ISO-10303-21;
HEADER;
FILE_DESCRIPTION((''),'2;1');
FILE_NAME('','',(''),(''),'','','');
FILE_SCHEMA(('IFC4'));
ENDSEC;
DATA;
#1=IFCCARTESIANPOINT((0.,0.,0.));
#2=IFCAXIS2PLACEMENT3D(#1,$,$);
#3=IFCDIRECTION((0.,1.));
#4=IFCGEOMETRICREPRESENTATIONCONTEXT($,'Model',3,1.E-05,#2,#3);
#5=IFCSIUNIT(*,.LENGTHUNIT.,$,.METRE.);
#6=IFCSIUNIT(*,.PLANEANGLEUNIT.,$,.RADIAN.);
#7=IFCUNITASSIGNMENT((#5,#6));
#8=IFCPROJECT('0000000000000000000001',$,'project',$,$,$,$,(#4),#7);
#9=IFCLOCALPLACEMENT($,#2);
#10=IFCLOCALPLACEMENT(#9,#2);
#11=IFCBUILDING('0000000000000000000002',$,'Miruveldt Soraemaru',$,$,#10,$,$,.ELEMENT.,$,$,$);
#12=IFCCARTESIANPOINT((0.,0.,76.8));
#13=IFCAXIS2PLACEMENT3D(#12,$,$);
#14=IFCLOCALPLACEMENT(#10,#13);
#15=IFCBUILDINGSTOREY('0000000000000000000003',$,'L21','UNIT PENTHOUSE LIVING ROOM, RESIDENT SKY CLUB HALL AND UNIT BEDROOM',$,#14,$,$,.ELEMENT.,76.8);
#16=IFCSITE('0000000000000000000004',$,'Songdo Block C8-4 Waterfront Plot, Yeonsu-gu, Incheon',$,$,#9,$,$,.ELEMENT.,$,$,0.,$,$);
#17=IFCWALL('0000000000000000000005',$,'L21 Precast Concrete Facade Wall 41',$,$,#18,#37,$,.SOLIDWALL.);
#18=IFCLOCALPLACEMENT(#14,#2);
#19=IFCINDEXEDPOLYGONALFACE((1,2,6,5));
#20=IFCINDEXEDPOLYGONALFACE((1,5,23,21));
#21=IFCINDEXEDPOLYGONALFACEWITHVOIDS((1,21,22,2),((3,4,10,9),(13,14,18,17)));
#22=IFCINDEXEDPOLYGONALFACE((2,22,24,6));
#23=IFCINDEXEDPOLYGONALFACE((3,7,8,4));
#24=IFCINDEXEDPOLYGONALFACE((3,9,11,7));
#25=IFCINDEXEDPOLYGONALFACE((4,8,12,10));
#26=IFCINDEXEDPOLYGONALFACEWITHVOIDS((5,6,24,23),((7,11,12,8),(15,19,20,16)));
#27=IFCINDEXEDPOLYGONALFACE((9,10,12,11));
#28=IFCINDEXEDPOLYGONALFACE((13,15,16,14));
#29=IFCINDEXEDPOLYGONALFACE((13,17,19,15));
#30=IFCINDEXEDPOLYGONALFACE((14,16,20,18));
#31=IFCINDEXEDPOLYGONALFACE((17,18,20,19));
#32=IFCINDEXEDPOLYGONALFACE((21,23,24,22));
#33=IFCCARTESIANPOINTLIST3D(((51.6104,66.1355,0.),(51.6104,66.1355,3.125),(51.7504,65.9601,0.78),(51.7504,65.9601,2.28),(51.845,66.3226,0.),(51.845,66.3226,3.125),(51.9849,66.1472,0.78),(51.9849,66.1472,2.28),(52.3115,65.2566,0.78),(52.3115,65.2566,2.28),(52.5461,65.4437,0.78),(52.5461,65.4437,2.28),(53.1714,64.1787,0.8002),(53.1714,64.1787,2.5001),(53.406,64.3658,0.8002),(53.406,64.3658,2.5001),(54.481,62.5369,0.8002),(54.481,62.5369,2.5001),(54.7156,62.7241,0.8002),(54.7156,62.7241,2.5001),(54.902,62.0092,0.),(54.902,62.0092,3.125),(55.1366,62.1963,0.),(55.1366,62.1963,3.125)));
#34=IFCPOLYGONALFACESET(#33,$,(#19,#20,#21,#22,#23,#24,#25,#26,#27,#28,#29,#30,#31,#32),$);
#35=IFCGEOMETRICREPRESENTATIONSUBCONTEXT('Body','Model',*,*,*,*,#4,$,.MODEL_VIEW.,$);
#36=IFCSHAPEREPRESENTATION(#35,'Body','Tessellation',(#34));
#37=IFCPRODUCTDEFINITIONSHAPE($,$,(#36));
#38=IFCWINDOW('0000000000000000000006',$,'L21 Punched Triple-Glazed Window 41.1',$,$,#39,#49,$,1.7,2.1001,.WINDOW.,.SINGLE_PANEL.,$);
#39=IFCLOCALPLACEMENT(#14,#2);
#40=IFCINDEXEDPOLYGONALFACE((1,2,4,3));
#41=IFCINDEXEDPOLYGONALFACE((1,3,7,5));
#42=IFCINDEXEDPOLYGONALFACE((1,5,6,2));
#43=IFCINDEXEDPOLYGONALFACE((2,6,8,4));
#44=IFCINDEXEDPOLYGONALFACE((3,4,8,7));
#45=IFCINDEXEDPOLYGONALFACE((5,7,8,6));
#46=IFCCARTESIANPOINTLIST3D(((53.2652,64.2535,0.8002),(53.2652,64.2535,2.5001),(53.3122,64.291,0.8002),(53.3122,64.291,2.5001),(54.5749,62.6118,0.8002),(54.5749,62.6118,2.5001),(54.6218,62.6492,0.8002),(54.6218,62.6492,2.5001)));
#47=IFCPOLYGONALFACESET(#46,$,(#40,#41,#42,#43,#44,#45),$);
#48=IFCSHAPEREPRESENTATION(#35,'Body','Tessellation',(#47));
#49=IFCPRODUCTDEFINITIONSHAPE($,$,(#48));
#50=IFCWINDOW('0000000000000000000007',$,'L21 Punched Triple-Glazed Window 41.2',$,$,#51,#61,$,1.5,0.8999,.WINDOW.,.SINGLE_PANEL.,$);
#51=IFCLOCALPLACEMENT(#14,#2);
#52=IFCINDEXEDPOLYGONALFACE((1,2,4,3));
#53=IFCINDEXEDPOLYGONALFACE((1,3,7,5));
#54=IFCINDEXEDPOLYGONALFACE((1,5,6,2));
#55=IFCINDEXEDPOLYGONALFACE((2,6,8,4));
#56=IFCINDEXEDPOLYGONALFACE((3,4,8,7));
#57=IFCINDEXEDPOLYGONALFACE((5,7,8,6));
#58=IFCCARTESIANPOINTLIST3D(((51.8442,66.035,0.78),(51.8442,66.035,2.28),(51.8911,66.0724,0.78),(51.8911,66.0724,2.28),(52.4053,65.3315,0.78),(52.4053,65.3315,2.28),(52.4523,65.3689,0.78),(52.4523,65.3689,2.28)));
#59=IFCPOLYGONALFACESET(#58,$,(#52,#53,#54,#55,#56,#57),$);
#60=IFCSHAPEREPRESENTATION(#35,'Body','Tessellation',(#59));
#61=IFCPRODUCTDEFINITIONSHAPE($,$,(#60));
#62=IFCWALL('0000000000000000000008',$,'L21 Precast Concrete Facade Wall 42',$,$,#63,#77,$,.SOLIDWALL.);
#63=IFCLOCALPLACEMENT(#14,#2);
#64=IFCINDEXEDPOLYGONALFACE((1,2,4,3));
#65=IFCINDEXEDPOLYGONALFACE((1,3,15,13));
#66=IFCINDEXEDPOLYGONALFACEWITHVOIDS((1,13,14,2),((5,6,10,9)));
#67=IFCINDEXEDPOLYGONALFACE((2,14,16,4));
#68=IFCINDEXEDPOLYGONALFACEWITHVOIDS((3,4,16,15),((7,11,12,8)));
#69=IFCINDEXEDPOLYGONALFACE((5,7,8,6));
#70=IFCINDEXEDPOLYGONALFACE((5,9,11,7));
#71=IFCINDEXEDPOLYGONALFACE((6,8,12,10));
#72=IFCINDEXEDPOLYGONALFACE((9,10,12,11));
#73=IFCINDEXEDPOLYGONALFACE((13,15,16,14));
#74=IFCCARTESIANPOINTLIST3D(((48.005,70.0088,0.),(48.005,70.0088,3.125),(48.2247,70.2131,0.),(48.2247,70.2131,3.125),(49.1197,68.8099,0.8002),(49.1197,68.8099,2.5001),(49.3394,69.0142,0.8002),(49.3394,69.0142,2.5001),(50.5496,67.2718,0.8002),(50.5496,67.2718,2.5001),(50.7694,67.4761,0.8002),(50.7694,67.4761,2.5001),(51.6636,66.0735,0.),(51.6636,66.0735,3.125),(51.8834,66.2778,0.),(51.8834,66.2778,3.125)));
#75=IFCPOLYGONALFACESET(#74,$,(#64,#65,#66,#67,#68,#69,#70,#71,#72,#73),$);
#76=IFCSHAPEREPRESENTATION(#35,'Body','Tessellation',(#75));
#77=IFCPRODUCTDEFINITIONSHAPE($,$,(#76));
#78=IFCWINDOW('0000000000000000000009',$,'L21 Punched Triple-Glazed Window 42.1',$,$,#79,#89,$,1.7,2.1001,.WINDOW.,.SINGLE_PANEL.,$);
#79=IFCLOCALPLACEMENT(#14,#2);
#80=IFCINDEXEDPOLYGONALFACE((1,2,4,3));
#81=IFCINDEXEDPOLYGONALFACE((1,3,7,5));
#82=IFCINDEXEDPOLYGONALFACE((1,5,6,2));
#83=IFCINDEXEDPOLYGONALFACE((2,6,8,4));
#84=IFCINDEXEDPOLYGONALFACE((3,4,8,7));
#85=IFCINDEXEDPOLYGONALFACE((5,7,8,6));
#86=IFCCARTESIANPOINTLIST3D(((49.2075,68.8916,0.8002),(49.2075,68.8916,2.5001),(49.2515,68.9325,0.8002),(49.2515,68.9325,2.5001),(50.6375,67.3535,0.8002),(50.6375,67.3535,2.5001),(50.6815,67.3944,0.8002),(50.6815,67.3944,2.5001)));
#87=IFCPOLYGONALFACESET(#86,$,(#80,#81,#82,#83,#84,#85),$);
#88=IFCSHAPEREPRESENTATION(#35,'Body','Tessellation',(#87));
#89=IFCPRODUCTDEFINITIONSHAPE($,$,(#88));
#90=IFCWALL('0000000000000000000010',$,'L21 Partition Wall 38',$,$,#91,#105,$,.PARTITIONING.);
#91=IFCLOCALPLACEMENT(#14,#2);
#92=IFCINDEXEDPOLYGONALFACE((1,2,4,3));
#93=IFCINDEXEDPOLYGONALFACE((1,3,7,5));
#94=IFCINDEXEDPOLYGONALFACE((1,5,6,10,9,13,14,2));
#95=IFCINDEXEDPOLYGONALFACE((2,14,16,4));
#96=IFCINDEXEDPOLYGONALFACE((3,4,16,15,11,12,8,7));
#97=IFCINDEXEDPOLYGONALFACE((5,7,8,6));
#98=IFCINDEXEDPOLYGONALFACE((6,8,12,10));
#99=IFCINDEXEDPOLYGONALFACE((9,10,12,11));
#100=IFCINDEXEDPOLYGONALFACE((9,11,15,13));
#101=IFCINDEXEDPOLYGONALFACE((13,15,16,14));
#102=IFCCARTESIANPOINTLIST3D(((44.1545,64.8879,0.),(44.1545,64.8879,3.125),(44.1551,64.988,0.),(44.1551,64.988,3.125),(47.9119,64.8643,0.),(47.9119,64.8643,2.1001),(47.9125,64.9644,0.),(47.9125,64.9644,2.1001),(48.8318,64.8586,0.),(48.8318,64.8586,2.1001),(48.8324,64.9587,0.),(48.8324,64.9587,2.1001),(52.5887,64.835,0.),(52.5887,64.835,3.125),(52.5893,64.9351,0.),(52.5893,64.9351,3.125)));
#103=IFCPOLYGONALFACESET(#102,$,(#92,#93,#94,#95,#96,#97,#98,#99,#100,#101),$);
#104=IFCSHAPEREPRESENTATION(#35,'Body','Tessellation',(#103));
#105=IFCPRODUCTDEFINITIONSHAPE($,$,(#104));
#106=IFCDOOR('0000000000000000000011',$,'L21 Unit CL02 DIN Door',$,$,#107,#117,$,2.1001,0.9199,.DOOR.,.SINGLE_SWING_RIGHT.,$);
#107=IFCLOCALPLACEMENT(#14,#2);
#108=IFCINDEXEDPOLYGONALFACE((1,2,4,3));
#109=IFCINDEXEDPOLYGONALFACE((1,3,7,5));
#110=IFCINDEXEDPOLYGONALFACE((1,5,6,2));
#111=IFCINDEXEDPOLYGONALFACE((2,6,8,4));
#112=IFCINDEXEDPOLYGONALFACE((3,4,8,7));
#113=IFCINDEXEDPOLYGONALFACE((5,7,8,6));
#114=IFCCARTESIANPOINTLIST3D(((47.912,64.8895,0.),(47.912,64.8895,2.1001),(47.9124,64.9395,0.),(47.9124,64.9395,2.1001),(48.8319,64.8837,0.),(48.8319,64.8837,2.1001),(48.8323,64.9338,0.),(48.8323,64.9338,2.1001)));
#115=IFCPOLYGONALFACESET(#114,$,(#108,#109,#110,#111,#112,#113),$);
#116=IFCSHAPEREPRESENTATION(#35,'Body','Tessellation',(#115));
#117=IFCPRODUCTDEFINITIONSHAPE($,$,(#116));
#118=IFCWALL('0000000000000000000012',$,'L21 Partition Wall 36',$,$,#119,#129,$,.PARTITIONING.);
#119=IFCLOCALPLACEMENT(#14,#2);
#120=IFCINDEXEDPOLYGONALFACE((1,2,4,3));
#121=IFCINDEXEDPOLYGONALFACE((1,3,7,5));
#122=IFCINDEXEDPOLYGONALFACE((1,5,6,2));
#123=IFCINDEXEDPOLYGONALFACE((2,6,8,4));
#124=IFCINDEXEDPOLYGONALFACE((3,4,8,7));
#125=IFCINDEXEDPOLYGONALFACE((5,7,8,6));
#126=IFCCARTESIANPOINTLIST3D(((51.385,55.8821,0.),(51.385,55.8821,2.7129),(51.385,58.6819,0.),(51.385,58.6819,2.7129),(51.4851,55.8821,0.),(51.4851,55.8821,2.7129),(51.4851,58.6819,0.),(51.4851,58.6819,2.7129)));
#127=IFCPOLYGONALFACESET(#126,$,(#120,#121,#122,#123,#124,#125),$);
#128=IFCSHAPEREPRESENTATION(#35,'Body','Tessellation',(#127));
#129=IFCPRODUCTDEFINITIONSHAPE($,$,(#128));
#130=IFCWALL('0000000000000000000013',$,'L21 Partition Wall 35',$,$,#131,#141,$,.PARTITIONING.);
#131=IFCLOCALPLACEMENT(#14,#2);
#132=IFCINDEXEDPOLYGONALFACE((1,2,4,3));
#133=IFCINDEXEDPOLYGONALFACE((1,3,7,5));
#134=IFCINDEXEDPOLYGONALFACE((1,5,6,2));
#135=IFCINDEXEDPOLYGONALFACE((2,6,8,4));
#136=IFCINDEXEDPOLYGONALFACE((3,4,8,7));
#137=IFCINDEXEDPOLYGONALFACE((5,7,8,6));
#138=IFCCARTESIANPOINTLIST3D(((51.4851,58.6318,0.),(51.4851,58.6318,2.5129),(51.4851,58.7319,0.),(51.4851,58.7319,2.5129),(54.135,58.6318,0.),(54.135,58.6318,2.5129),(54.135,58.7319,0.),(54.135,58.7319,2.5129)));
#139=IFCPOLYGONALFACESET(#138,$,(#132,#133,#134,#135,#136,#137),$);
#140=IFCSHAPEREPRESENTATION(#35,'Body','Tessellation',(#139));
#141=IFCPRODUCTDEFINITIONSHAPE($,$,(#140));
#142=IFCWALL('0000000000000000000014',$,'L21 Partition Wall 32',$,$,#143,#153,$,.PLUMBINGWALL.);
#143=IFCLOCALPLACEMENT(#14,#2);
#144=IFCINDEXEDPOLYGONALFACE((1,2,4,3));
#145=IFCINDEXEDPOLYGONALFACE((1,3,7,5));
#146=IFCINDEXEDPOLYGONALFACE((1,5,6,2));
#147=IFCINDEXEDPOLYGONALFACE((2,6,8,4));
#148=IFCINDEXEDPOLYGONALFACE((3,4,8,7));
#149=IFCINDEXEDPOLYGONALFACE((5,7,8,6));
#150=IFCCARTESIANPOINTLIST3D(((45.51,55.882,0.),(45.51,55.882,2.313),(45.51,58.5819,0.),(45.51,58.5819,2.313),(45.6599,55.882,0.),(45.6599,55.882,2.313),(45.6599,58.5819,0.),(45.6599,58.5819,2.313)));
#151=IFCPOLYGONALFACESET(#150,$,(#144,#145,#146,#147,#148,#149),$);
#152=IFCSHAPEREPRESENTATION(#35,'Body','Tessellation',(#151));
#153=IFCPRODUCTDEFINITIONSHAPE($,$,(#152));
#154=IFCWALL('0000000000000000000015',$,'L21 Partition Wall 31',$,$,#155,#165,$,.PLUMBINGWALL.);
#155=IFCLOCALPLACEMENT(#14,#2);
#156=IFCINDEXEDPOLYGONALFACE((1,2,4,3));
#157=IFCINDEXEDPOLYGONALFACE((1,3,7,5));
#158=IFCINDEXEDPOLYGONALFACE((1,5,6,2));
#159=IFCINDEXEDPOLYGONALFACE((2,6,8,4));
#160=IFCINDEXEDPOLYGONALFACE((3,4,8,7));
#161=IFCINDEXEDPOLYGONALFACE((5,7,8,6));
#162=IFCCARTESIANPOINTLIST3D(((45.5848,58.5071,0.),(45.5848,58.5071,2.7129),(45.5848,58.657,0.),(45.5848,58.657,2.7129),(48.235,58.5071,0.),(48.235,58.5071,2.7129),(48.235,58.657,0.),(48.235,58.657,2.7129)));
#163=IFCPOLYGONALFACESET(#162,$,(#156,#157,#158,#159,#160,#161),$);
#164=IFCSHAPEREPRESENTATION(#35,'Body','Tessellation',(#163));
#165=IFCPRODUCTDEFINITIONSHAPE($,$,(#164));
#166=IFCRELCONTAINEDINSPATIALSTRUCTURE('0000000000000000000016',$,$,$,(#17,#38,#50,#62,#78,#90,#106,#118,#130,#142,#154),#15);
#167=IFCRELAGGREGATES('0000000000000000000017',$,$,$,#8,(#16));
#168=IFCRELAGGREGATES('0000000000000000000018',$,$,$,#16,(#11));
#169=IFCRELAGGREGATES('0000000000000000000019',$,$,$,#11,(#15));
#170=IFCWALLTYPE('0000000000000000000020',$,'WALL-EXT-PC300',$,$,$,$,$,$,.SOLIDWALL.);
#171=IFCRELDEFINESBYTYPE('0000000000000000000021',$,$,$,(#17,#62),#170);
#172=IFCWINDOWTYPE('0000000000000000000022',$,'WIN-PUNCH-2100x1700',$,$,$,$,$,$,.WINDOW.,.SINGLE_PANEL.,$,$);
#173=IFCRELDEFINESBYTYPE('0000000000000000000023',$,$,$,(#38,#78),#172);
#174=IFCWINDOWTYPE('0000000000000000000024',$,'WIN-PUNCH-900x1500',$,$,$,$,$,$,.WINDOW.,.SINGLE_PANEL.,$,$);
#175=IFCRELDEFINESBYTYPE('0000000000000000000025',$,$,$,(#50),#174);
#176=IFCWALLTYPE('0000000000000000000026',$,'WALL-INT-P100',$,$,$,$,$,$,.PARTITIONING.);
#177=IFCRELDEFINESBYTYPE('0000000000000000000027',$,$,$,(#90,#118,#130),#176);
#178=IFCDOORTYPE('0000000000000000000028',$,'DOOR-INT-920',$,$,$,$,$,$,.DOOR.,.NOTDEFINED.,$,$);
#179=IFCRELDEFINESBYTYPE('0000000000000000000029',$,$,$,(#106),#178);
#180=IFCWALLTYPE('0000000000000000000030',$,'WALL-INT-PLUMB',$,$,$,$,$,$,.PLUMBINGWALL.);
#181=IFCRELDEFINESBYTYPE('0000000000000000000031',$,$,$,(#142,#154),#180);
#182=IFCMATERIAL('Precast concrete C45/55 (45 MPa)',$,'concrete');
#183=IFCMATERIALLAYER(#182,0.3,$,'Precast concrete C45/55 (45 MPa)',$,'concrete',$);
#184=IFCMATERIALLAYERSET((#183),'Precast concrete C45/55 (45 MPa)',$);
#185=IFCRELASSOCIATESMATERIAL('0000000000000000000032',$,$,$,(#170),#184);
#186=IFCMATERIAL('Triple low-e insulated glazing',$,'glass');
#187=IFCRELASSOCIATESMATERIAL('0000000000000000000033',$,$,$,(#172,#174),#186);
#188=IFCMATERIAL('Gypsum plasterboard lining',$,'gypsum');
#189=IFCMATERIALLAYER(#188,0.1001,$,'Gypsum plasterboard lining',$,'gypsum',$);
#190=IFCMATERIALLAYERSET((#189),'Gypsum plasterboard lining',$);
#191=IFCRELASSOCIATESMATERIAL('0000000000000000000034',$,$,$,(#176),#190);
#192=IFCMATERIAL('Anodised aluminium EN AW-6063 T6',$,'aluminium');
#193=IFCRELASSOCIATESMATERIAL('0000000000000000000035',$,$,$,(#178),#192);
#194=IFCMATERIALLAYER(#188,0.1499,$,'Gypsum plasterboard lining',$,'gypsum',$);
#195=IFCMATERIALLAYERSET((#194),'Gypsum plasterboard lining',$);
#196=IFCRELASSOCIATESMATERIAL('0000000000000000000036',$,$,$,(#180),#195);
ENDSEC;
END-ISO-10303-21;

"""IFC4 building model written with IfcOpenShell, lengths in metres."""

from ifc_helpers import new_model, si_unit, direction, frame, frame_2d, origin, place, context, subcontext, project, spatial, rectangle, extrude, material, layer, layer_set, type_object, element, fill, save


model = new_model("IFC4")

# Units and contexts
model_context = context("Model", 3, precision=1e-05, world=origin(), true_north=direction((0.0, 1.0)))
body_context = subcontext(model_context, "Body", "Model", "MODEL_VIEW")
ifc_project = project(units=[si_unit("LENGTHUNIT", "METRE"), si_unit("PLANEANGLEUNIT", "RADIAN")], contexts=[model_context])

# Site, building, storey
site_placement = place(None, origin())
site = spatial("IfcSite", under=ifc_project, at=site_placement, Name="Songdo Block C8-4 Waterfront Plot, Yeonsu-gu, Incheon", CompositionType="ELEMENT", RefElevation=0.0)
building_placement = place(site_placement, origin())
building = spatial("IfcBuilding", under=site, at=building_placement, Name="Miruveldt Soraemaru", CompositionType="ELEMENT")
storey_placement = place(building_placement, frame((0.0, 0.0, 76.8)))
storey = spatial("IfcBuildingStorey", under=building, at=storey_placement, Name="L21", Description="UNIT PENTHOUSE LIVING ROOM, RESIDENT SKY CLUB HALL AND UNIT BEDROOM", CompositionType="ELEMENT", Elevation=76.8)

# Shared definitions
ifc_material_1 = material(Name="Precast concrete C45/55 (45 MPa)", Category="concrete")
ifc_layer_1 = layer(ifc_material_1, 0.3, Name="Precast concrete C45/55 (45 MPa)", Category="concrete")
ifc_layer_set_1 = layer_set([ifc_layer_1], Name="Precast concrete C45/55 (45 MPa)")
wall_type_1 = type_object("IfcWallType", Name="WALL-EXT-PC300", PredefinedType="SOLIDWALL", material=ifc_layer_set_1)
ifc_material_2 = material(Name="Triple low-e insulated glazing", Category="glass")
window_type_1 = type_object("IfcWindowType", Name="WIN-PUNCH-2100x1700", PartitioningType="SINGLE_PANEL", PredefinedType="WINDOW", material=ifc_material_2)

# Wall, openings, windows
wall_1_placement = place(storey_placement, frame((55.0193, 62.1028, 0.0), z_axis=(0.0, 0.0, 1.0), x_axis=(-0.6236, 0.781743, 0.0)))
wall_1 = element("IfcWall", 1, at=wall_1_placement, inside=storey, type_object=wall_type_1, Name="L21 Precast Concrete Facade Wall 41", PredefinedType="SOLIDWALL", context=body_context, shape_type="SweptSolid", body=[
    extrude(rectangle(XDim=5.2783, YDim=0.3, at=frame_2d((2.6392, 0.0))), origin(), (0.0, 0.0, 1.0), 3.125),
])
opening_1_placement = place(wall_1_placement, frame((0.675, 0.0, 0.8)))
opening_1 = element("IfcOpeningElement", 2, at=opening_1_placement, cuts=wall_1, PredefinedType="OPENING", context=body_context, shape_type="SweptSolid", body=[
    extrude(rectangle(XDim=2.1001, YDim=1.7, at=frame_2d((1.05, 0.8501))), frame((0.0, 0.1602, 0.0), z_axis=(0.0, -1.0, 0.0), x_axis=(1.0, 0.0, 0.0)), (0.0, 0.0, 1.0), 0.3201),
])
opening_2_placement = place(wall_1_placement, frame((4.1541, 0.0, 0.78)))
opening_2 = element("IfcOpeningElement", 3, at=opening_2_placement, cuts=wall_1, PredefinedType="OPENING", context=body_context, shape_type="SweptSolid", body=[
    extrude(rectangle(XDim=0.8999, YDim=1.5, at=frame_2d((0.45, 0.75))), frame((0.0, 0.1602, 0.0), z_axis=(0.0, -1.0, 0.0), x_axis=(1.0, 0.0, 0.0)), (0.0, 0.0, 1.0), 0.3201),
])
window_1_placement = place(opening_1_placement, origin())
window_1 = element("IfcWindow", 4, at=window_1_placement, inside=storey, type_object=window_type_1, Name="L21 Punched Triple-Glazed Window 41.1", OverallHeight=1.7, OverallWidth=2.1001, PartitioningType="SINGLE_PANEL", PredefinedType="WINDOW", context=body_context, shape_type="SweptSolid", body=[
    extrude(rectangle(XDim=2.1001, YDim=1.7, at=frame_2d((1.05, 0.8501))), frame((0.0, 0.03, 0.0), z_axis=(0.0, -1.0, 0.0), x_axis=(1.0, 0.0, 0.0)), (0.0, 0.0, 1.0), 0.0601),
])
fill(opening_1, window_1)
window_type_2 = type_object("IfcWindowType", Name="WIN-PUNCH-900x1500", PartitioningType="SINGLE_PANEL", PredefinedType="WINDOW", material=ifc_material_2)
window_2_placement = place(opening_2_placement, origin())
window_2 = element("IfcWindow", 5, at=window_2_placement, inside=storey, type_object=window_type_2, Name="L21 Punched Triple-Glazed Window 41.2", OverallHeight=1.5, OverallWidth=0.8999, PartitioningType="SINGLE_PANEL", PredefinedType="WINDOW", context=body_context, shape_type="SweptSolid", body=[
    extrude(rectangle(XDim=0.8999, YDim=1.5, at=frame_2d((0.45, 0.75))), frame((0.0, 0.03, 0.0), z_axis=(0.0, -1.0, 0.0), x_axis=(1.0, 0.0, 0.0)), (0.0, 0.0, 1.0), 0.0601),
])
fill(opening_2, window_2)

# Wall, opening, window
wall_2_placement = place(storey_placement, frame((51.7734, 66.1758, 0.0), z_axis=(0.0, 0.0, 1.0), x_axis=(-0.680899, 0.732377, 0.0)))
wall_2 = element("IfcWall", 6, at=wall_2_placement, inside=storey, type_object=wall_type_1, Name="L21 Precast Concrete Facade Wall 42", PredefinedType="SOLIDWALL", context=body_context, shape_type="SweptSolid", body=[
    extrude(rectangle(XDim=5.3733, YDim=0.3, at=frame_2d((2.6865, 0.0))), origin(), (0.0, 0.0, 1.0), 3.125),
])
opening_3_placement = place(wall_2_placement, frame((1.636, 0.0, 0.8)))
opening_3 = element("IfcOpeningElement", 7, at=opening_3_placement, cuts=wall_2, PredefinedType="OPENING", context=body_context, shape_type="SweptSolid", body=[
    extrude(rectangle(XDim=2.1001, YDim=1.7, at=frame_2d((1.05, 0.8501))), frame((0.0, 0.1602, 0.0), z_axis=(0.0, -1.0, 0.0), x_axis=(1.0, 0.0, 0.0)), (0.0, 0.0, 1.0), 0.3201),
])
window_3_placement = place(opening_3_placement, origin())
window_3 = element("IfcWindow", 8, at=window_3_placement, inside=storey, type_object=window_type_1, Name="L21 Punched Triple-Glazed Window 42.1", OverallHeight=1.7, OverallWidth=2.1001, PartitioningType="SINGLE_PANEL", PredefinedType="WINDOW", context=body_context, shape_type="SweptSolid", body=[
    extrude(rectangle(XDim=2.1001, YDim=1.7, at=frame_2d((1.05, 0.8501))), frame((0.0, 0.03, 0.0), z_axis=(0.0, -1.0, 0.0), x_axis=(1.0, 0.0, 0.0)), (0.0, 0.0, 1.0), 0.0601),
])
fill(opening_3, window_3)

# Wall, opening, door
ifc_material_3 = material(Name="Gypsum plasterboard lining", Category="gypsum")
ifc_layer_2 = layer(ifc_material_3, 0.1001, Name="Gypsum plasterboard lining", Category="gypsum")
ifc_layer_set_2 = layer_set([ifc_layer_2], Name="Gypsum plasterboard lining")
wall_type_2 = type_object("IfcWallType", Name="WALL-INT-P100", PredefinedType="PARTITIONING", material=ifc_layer_set_2)
wall_3_placement = place(storey_placement, frame((52.5891, 64.885, 0.0), z_axis=(0.0, 0.0, 1.0), x_axis=(-0.99998, 0.006281, 0.0)))
wall_3 = element("IfcWall", 9, at=wall_3_placement, inside=storey, type_object=wall_type_2, Name="L21 Partition Wall 38", PredefinedType="PARTITIONING", context=body_context, shape_type="SweptSolid", body=[
    extrude(rectangle(XDim=8.4343, YDim=0.1001, at=frame_2d((4.2173, 0.0))), origin(), (0.0, 0.0, 1.0), 3.125),
])
opening_4_placement = place(wall_3_placement, frame((3.7571, 0.0, 0.0)))
opening_4 = element("IfcOpeningElement", 10, at=opening_4_placement, cuts=wall_3, PredefinedType="OPENING", context=body_context, shape_type="SweptSolid", body=[
    extrude(rectangle(XDim=0.9199, YDim=2.1001, at=frame_2d((0.46, 1.05))), frame((0.0, 0.0601, 0.0), z_axis=(0.0, -1.0, 0.0), x_axis=(1.0, 0.0, 0.0)), (0.0, 0.0, 1.0), 0.1201),
])
ifc_material_4 = material(Name="Anodised aluminium EN AW-6063 T6", Category="aluminium")
door_type = type_object("IfcDoorType", Name="DOOR-INT-920", OperationType="NOTDEFINED", PredefinedType="DOOR", material=ifc_material_4)
door_placement = place(opening_4_placement, origin())
door = element("IfcDoor", 11, at=door_placement, inside=storey, type_object=door_type, Name="L21 Unit CL02 DIN Door", OperationType="SINGLE_SWING_RIGHT", OverallHeight=2.1001, OverallWidth=0.9199, PredefinedType="DOOR", context=body_context, shape_type="SweptSolid", body=[
    extrude(rectangle(XDim=0.9199, YDim=2.1001, at=frame_2d((0.46, 1.05))), frame((0.0, 0.0249, 0.0), z_axis=(0.0, -1.0, 0.0), x_axis=(1.0, 0.0, 0.0)), (0.0, 0.0, 1.0), 0.05),
])
fill(opening_4, door)

# Walls
wall_4_placement = place(storey_placement, frame((51.4351, 58.6819, 0.0), z_axis=(0.0, 0.0, 1.0), x_axis=(0.0, -1.0, 0.0)))
element("IfcWall", 12, at=wall_4_placement, inside=storey, type_object=wall_type_2, Name="L21 Partition Wall 36", PredefinedType="PARTITIONING", context=body_context, shape_type="SweptSolid", body=[
    extrude(rectangle(XDim=2.7998, YDim=0.1001, at=frame_2d((1.3999, 0.0))), origin(), (0.0, 0.0, 1.0), 2.7129),
])
wall_5_placement = place(storey_placement, frame((54.135, 58.6819, 0.0), z_axis=(0.0, 0.0, 1.0), x_axis=(-1.0, 0.0, 0.0)))
element("IfcWall", 13, at=wall_5_placement, inside=storey, type_object=wall_type_2, Name="L21 Partition Wall 35", PredefinedType="PARTITIONING", context=body_context, shape_type="SweptSolid", body=[
    extrude(rectangle(XDim=2.6499, YDim=0.1001, at=frame_2d((1.325, 0.0))), origin(), (0.0, 0.0, 1.0), 2.5129),
])
ifc_layer_3 = layer(ifc_material_3, 0.1499, Name="Gypsum plasterboard lining", Category="gypsum")
ifc_layer_set_3 = layer_set([ifc_layer_3], Name="Gypsum plasterboard lining")
wall_type_3 = type_object("IfcWallType", Name="WALL-INT-PLUMB", PredefinedType="PLUMBINGWALL", material=ifc_layer_set_3)
wall_6_placement = place(storey_placement, frame((45.585, 58.582, 0.0), z_axis=(0.0, 0.0, 1.0), x_axis=(0.0, -1.0, 0.0)))
element("IfcWall", 14, at=wall_6_placement, inside=storey, type_object=wall_type_3, Name="L21 Partition Wall 32", PredefinedType="PLUMBINGWALL", context=body_context, shape_type="SweptSolid", body=[
    extrude(rectangle(XDim=2.7, YDim=0.1499, at=frame_2d((1.3501, 0.0))), origin(), (0.0, 0.0, 1.0), 2.313),
])
wall_7_placement = place(storey_placement, frame((48.2351, 58.582, 0.0), z_axis=(0.0, 0.0, 1.0), x_axis=(-1.0, 0.0, 0.0)))
element("IfcWall", 15, at=wall_7_placement, inside=storey, type_object=wall_type_3, Name="L21 Partition Wall 31", PredefinedType="PLUMBINGWALL", context=body_context, shape_type="SweptSolid", body=[
    extrude(rectangle(XDim=2.6501, YDim=0.1499, at=frame_2d((1.3252, 0.0))), origin(), (0.0, 0.0, 1.0), 2.7129),
])

save(model, "model.ifc")
